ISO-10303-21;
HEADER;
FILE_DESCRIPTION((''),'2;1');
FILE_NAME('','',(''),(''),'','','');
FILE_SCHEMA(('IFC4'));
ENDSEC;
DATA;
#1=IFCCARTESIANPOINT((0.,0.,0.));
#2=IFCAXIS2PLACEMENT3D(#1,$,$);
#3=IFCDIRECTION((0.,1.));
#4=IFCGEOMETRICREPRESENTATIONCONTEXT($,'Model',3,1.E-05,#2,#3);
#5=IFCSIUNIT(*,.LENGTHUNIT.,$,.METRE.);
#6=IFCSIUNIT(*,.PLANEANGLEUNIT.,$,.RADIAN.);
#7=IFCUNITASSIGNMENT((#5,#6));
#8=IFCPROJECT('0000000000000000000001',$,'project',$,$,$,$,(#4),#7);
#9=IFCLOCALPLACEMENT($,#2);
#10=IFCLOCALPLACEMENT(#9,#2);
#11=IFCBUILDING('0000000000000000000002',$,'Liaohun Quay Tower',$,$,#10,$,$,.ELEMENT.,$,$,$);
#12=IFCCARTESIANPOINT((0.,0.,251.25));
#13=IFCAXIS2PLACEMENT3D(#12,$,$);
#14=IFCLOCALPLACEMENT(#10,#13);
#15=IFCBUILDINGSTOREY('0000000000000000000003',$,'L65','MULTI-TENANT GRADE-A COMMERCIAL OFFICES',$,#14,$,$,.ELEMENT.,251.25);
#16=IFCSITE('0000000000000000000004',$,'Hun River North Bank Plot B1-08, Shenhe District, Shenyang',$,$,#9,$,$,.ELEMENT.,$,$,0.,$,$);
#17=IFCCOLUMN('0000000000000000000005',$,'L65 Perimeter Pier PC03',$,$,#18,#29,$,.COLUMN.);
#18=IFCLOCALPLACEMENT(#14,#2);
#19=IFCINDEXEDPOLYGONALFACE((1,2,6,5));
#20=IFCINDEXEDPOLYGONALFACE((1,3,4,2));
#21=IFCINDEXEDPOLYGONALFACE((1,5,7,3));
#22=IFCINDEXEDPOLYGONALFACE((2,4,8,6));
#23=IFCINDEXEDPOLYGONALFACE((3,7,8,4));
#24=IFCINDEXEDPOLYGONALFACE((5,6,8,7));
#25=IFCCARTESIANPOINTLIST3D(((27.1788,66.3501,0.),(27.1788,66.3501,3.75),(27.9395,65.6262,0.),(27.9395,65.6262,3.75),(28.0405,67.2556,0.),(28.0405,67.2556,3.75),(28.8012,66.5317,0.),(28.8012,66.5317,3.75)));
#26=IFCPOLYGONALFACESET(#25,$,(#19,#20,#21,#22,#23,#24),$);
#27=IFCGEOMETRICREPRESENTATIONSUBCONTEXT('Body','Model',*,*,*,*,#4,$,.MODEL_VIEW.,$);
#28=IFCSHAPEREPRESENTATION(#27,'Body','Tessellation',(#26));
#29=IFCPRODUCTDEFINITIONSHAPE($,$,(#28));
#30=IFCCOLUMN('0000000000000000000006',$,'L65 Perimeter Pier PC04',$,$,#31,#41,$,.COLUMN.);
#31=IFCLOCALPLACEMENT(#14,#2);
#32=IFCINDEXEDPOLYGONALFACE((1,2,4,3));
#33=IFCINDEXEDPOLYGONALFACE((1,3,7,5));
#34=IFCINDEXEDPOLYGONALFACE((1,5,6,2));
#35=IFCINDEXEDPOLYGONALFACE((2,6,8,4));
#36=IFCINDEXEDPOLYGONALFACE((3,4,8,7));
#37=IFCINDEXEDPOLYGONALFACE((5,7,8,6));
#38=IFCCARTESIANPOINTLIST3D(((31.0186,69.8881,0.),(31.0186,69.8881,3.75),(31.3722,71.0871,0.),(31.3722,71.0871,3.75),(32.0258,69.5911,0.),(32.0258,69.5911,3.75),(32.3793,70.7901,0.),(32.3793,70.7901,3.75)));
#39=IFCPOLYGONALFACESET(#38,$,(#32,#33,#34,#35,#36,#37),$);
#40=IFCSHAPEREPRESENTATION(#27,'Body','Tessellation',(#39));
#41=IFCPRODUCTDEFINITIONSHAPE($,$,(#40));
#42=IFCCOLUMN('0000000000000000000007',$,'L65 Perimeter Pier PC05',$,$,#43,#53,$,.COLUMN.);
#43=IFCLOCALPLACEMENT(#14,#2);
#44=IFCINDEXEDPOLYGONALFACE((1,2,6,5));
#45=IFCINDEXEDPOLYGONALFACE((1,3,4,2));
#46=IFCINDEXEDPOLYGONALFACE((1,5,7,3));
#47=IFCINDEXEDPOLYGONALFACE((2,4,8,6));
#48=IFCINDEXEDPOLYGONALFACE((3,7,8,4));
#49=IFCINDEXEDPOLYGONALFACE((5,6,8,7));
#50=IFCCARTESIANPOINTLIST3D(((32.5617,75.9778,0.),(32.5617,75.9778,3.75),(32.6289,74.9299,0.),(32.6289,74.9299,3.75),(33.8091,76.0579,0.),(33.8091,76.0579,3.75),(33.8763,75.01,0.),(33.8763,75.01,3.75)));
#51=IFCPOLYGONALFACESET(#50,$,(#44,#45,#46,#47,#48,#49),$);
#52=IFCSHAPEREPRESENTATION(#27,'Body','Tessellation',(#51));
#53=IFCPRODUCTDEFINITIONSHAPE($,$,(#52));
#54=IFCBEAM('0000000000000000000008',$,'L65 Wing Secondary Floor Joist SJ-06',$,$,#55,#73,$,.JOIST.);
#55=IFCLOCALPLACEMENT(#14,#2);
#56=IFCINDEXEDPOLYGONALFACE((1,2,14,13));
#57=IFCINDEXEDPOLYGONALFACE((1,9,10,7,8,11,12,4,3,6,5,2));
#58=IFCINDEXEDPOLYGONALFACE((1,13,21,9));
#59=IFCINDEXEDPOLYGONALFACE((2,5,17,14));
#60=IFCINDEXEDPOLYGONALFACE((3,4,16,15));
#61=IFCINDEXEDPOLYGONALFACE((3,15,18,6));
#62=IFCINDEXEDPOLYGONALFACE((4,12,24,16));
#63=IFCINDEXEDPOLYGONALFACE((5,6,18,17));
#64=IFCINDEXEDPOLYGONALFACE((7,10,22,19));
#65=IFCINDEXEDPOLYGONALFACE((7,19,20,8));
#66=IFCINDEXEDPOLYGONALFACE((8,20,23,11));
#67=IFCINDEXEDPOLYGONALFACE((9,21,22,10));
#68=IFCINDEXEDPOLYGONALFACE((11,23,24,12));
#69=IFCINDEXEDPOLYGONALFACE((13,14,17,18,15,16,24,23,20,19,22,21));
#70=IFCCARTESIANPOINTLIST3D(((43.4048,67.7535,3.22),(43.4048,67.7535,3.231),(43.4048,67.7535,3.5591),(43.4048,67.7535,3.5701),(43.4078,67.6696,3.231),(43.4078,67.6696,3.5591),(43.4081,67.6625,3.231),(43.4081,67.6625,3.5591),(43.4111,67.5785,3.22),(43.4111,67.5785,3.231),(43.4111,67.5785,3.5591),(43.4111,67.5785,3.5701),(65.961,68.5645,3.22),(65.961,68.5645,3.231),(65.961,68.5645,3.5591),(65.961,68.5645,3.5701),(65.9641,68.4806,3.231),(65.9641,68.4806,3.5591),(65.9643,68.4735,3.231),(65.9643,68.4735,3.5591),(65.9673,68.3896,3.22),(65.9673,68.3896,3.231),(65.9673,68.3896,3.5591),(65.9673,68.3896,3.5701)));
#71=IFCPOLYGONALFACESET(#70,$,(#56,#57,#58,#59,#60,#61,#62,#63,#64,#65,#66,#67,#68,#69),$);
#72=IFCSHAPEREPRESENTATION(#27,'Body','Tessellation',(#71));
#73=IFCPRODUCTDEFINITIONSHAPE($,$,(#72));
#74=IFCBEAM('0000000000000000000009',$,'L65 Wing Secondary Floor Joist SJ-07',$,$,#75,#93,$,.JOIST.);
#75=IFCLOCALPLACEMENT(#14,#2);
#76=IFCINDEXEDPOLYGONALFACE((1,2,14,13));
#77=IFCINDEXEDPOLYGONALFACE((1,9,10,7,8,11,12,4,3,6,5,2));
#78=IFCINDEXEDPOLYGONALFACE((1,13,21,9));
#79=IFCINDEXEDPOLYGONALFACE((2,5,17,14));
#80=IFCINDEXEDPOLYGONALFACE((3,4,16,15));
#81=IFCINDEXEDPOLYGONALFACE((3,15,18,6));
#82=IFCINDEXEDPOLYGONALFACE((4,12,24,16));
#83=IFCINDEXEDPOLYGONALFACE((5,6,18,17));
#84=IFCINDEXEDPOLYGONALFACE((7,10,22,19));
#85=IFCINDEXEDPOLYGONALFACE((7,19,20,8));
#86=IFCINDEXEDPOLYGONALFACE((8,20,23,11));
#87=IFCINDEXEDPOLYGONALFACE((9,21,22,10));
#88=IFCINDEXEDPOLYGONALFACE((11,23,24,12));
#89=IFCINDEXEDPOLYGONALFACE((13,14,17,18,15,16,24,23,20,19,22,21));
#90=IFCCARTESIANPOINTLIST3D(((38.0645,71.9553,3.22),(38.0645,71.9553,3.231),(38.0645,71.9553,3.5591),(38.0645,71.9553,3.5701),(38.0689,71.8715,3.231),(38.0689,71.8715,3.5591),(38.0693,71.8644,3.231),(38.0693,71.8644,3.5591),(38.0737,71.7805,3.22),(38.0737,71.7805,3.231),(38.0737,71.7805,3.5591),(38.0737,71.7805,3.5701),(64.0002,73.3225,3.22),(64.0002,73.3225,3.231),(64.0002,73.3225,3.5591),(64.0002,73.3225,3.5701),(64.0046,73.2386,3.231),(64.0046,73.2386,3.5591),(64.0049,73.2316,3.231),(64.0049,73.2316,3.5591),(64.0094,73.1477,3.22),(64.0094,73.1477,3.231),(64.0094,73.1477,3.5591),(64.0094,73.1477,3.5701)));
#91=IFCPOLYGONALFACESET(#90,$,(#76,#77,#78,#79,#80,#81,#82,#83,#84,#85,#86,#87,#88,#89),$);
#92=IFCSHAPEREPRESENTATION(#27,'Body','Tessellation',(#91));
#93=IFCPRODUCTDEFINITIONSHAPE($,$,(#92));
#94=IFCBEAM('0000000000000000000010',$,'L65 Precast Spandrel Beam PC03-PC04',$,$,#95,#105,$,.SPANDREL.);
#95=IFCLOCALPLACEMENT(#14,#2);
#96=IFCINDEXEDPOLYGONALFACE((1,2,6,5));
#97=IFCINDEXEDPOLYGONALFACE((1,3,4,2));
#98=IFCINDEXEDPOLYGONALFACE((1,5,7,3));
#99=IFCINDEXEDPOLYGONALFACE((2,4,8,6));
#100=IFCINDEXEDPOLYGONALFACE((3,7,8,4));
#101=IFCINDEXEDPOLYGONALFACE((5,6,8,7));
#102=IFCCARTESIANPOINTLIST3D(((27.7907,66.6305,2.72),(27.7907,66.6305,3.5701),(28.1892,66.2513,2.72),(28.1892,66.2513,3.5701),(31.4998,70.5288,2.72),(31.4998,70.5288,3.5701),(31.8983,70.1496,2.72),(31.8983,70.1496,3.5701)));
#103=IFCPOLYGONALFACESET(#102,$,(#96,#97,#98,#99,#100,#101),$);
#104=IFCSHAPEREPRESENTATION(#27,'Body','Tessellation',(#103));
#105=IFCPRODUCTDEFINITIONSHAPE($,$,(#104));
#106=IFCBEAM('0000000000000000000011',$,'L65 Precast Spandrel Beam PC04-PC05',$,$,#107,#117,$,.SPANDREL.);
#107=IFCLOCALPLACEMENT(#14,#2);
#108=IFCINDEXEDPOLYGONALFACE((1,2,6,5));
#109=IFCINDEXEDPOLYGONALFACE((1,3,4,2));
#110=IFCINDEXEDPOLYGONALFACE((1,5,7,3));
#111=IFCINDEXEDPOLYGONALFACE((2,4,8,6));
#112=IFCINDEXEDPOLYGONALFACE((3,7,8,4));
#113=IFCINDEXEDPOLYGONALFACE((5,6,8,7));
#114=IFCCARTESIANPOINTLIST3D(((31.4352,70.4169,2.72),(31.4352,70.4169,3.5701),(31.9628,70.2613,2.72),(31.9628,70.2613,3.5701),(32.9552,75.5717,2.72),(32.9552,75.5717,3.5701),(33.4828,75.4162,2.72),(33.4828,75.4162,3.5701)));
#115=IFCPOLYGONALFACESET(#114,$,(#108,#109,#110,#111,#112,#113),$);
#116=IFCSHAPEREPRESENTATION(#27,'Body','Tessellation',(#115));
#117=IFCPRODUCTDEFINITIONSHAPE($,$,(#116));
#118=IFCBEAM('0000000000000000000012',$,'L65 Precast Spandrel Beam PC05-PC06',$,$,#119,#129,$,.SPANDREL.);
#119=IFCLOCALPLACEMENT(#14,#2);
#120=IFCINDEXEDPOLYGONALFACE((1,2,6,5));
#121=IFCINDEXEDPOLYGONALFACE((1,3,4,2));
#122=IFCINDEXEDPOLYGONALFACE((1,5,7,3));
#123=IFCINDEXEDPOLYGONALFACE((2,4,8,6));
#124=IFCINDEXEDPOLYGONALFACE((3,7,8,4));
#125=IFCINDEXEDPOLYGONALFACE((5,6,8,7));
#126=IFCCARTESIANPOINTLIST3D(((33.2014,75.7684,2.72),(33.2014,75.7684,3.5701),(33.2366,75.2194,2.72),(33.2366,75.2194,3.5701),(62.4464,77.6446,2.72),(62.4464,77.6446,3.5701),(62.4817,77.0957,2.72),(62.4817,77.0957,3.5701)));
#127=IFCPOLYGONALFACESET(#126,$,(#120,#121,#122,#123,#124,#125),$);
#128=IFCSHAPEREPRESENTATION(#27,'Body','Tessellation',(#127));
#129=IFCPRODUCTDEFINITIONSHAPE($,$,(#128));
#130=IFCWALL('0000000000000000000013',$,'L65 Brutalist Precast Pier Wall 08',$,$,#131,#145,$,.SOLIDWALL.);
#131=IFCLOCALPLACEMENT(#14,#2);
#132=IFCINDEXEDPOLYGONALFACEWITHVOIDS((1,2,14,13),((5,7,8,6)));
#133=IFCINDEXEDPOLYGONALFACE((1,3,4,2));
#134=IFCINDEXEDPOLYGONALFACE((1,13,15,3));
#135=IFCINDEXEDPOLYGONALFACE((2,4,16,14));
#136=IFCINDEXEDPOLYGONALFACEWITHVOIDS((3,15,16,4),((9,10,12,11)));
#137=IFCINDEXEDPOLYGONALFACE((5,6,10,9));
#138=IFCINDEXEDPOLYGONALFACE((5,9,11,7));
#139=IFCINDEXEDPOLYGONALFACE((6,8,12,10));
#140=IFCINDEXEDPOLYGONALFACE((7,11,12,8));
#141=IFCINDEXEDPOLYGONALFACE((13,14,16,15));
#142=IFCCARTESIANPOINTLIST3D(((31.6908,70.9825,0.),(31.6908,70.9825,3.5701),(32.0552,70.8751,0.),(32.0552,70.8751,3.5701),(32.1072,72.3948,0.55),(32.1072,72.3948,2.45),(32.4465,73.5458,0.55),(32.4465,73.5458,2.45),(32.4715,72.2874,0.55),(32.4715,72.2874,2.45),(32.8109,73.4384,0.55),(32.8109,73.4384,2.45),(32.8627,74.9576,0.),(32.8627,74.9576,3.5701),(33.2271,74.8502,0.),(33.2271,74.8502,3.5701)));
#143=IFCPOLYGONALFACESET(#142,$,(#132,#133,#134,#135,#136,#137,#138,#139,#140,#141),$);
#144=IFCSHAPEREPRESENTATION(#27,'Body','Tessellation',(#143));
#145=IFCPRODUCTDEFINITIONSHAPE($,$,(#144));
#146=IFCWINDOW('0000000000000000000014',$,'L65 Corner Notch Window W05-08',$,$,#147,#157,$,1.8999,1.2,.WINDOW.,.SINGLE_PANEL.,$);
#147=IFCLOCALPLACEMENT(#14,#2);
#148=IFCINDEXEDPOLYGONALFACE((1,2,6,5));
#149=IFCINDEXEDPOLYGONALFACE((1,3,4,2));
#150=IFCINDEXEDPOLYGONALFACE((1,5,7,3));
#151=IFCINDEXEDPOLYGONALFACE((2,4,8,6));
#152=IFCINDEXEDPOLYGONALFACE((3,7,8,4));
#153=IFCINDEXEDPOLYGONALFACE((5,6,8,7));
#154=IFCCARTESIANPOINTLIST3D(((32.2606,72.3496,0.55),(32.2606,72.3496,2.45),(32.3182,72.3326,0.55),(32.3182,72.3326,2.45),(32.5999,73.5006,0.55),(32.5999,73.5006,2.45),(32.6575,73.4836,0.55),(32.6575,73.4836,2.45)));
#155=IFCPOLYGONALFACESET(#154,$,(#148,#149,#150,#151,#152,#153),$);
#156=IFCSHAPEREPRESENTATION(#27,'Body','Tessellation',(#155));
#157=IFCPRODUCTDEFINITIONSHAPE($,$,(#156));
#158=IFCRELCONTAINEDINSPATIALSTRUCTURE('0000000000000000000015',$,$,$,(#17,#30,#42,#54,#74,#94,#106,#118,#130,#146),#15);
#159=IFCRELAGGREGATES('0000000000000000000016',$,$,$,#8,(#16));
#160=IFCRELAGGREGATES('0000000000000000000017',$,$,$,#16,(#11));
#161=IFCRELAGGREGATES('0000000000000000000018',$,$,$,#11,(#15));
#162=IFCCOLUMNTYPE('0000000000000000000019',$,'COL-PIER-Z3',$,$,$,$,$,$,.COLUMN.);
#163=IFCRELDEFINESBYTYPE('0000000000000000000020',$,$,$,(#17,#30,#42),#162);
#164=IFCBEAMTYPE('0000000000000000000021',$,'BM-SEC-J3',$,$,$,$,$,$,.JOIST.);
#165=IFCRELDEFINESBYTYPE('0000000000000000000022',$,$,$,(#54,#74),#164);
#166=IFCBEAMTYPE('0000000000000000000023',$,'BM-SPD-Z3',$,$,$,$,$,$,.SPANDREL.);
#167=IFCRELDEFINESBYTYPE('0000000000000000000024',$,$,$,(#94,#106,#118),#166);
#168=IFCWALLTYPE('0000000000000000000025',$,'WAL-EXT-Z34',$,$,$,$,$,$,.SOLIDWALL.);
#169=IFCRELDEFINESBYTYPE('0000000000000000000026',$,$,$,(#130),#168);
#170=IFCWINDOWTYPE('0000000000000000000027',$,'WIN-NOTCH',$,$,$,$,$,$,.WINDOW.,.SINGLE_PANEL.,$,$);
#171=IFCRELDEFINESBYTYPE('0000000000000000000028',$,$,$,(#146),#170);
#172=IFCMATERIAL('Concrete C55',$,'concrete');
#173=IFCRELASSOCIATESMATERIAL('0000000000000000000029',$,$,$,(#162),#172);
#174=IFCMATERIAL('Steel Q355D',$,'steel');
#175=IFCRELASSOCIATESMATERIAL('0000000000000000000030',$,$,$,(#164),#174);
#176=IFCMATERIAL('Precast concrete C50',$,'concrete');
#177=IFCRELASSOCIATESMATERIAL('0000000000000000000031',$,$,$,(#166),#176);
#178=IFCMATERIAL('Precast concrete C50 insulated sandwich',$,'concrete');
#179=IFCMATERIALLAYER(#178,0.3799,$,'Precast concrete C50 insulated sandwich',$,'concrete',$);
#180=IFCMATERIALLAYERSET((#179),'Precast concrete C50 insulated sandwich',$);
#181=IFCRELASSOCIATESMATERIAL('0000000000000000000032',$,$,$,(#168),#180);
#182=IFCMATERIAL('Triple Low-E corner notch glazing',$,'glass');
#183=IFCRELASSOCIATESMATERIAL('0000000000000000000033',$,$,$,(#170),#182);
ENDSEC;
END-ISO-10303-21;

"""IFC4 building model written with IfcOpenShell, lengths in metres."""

from ifc_helpers import new_model, si_unit, direction, frame, frame_2d, origin, origin_2d, place, context, subcontext, project, spatial, rectangle, i_section, extrude, source, transform, mapped, material, layer, layer_set, material_profile, profile_set, type_object, element, fill, save


model = new_model("IFC4")

# Units and contexts
model_context = context("Model", 3, precision=1e-05, world=origin(), true_north=direction((0.0, 1.0)))
body_context = subcontext(model_context, "Body", "Model", "MODEL_VIEW")
ifc_project = project(units=[si_unit("LENGTHUNIT", "METRE"), si_unit("PLANEANGLEUNIT", "RADIAN")], contexts=[model_context])

# Site, building, storey
site_placement = place(None, origin())
site = spatial("IfcSite", under=ifc_project, at=site_placement, Name="Hun River North Bank Plot B1-08, Shenhe District, Shenyang", CompositionType="ELEMENT", RefElevation=0.0)
building_placement = place(site_placement, origin())
building = spatial("IfcBuilding", under=site, at=building_placement, Name="Liaohun Quay Tower", CompositionType="ELEMENT")
storey_placement = place(building_placement, frame((0.0, 0.0, 251.25)))
storey = spatial("IfcBuildingStorey", under=building, at=storey_placement, Name="L65", Description="MULTI-TENANT GRADE-A COMMERCIAL OFFICES", CompositionType="ELEMENT", Elevation=251.25)

# Columns
ifc_material_1 = material(Name="Concrete C55", Category="concrete")
ifc_material_profile_1 = material_profile(ifc_material_1, rectangle(XDim=1.25, YDim=1.05, at=origin_2d()), Name="RC1250x1050")
ifc_profile_set_1 = profile_set([ifc_material_profile_1], Name="Concrete C55")
column_type = type_object("IfcColumnType", Name="COL-PIER-Z3", PredefinedType="COLUMN", material=ifc_profile_set_1)
shared_shape_1 = source(origin(), body_context, "Body", "SweptSolid", [
    extrude(rectangle(XDim=1.25, YDim=1.05, at=origin_2d()), origin(), (0.0, 0.0, 1.0), 3.75),
])
for number, where, z_axis, x_axis, name in (
    (1, (27.99, 66.4409, 0.0), (0.0, 0.0, 1.0), (0.689367, 0.724413, 0.0), "L65 Perimeter Pier PC03"),
    (2, (31.699, 70.3391, 0.0), (0.0, 0.0, 1.0), (0.282844, 0.959166, 0.0), "L65 Perimeter Pier PC04"),
    (3, (33.219, 75.4939, 0.0), (0.0, 0.0, 1.0), (0.997949, 0.06401, 0.0), "L65 Perimeter Pier PC05"),
):
    element("IfcColumn", number, at=place(storey_placement, frame(where, z_axis=z_axis, x_axis=x_axis)), inside=storey, type_object=column_type, Name=name, PredefinedType="COLUMN", context=body_context, shape_type="MappedRepresentation", body=[
        mapped(shared_shape_1, transform((0.0, 0.0, 0.0), x_axis=(1.0, 0.0, 0.0), y_axis=(0.0, 1.0, 0.0), z_axis=(0.0, 0.0, 1.0), scale=1.0)),
    ])

# Beams
ifc_material_2 = material(Name="Steel Q355D", Category="steel")
ifc_material_profile_2 = material_profile(ifc_material_2, i_section(OverallWidth=0.175, OverallDepth=0.3501, WebThickness=0.0071, FlangeThickness=0.011, at=origin_2d()), Name="HN350x175x7x11")
ifc_profile_set_2 = profile_set([ifc_material_profile_2], Name="Steel Q355D")
beam_type_1 = type_object("IfcBeamType", Name="BM-SEC-J3", PredefinedType="JOIST", material=ifc_profile_set_2)
shared_shape_2 = source(origin(), body_context, "Body", "SweptSolid", [
    extrude(i_section(OverallWidth=0.175, OverallDepth=0.3501, WebThickness=0.0071, FlangeThickness=0.011, at=origin_2d()), origin(), (0.0, 0.0, 1.0), 22.5708),
])
beam_1_placement = place(storey_placement, frame((43.408, 67.666, 3.395), z_axis=(0.999354, 0.035933, 0.0), x_axis=(-0.035933, 0.999354, 0.0)))
element("IfcBeam", 4, at=beam_1_placement, inside=storey, type_object=beam_type_1, Name="L65 Wing Secondary Floor Joist SJ-06", PredefinedType="JOIST", context=body_context, shape_type="MappedRepresentation", body=[
    mapped(shared_shape_2, transform((0.0, 0.0, 0.0), x_axis=(1.0, 0.0, 0.0), y_axis=(0.0, 1.0, 0.0), z_axis=(0.0, 0.0, 1.0), scale=1.0)),
])
shared_shape_3 = source(origin(), body_context, "Body", "SweptSolid", [
    extrude(i_section(OverallWidth=0.175, OverallDepth=0.3501, WebThickness=0.0071, FlangeThickness=0.011, at=origin_2d()), origin(), (0.0, 0.0, 1.0), 25.9717),
])
beam_2_placement = place(storey_placement, frame((38.0691, 71.8679, 3.395), z_axis=(0.998613, 0.052641, 0.0), x_axis=(-0.052641, 0.998613, 0.0)))
element("IfcBeam", 5, at=beam_2_placement, inside=storey, type_object=beam_type_1, Name="L65 Wing Secondary Floor Joist SJ-07", PredefinedType="JOIST", context=body_context, shape_type="MappedRepresentation", body=[
    mapped(shared_shape_3, transform((0.0, 0.0, 0.0), x_axis=(1.0, 0.0, 0.0), y_axis=(0.0, 1.0, 0.0), z_axis=(0.0, 0.0, 1.0), scale=1.0)),
])
ifc_material_3 = material(Name="Precast concrete C50", Category="concrete")
ifc_material_profile_3 = material_profile(ifc_material_3, rectangle(XDim=0.55, YDim=0.8501, at=origin_2d()), Name="RC550x850")
ifc_profile_set_3 = profile_set([ifc_material_profile_3], Name="Precast concrete C50")
beam_type_2 = type_object("IfcBeamType", Name="BM-SPD-Z3", PredefinedType="SPANDREL", material=ifc_profile_set_3)
shared_shape_4 = source(origin(), body_context, "Body", "SweptSolid", [
    extrude(rectangle(XDim=0.55, YDim=0.8501, at=origin_2d()), origin(), (0.0, 0.0, 1.0), 5.3809),
])
beam_3_placement = place(storey_placement, frame((27.99, 66.4409, 3.145), z_axis=(0.689306, 0.72447, 0.0), x_axis=(-0.72447, 0.689306, 0.0)))
element("IfcBeam", 6, at=beam_3_placement, inside=storey, type_object=beam_type_2, Name="L65 Precast Spandrel Beam PC03-PC04", PredefinedType="SPANDREL", context=body_context, shape_type="MappedRepresentation", body=[
    mapped(shared_shape_4, transform((0.0, 0.0, 0.0), x_axis=(1.0, 0.0, 0.0), y_axis=(0.0, 1.0, 0.0), z_axis=(0.0, 0.0, 1.0), scale=1.0)),
])
shared_shape_5 = source(origin(), body_context, "Body", "SweptSolid", [
    extrude(rectangle(XDim=0.55, YDim=0.8501, at=origin_2d()), origin(), (0.0, 0.0, 1.0), 5.3743),
])
beam_4_placement = place(storey_placement, frame((31.699, 70.3391, 3.145), z_axis=(0.282835, 0.959169, 0.0), x_axis=(-0.959169, 0.282835, 0.0)))
element("IfcBeam", 7, at=beam_4_placement, inside=storey, type_object=beam_type_2, Name="L65 Precast Spandrel Beam PC04-PC05", PredefinedType="SPANDREL", context=body_context, shape_type="MappedRepresentation", body=[
    mapped(shared_shape_5, transform((0.0, 0.0, 0.0), x_axis=(1.0, 0.0, 0.0), y_axis=(0.0, 1.0, 0.0), z_axis=(0.0, 0.0, 1.0), scale=1.0)),
])
shared_shape_6 = source(origin(), body_context, "Body", "SweptSolid", [
    extrude(rectangle(XDim=0.55, YDim=0.8501, at=origin_2d()), origin(), (0.0, 0.0, 1.0), 29.3052),
])
beam_5_placement = place(storey_placement, frame((33.219, 75.4939, 3.145), z_axis=(0.997948, 0.064023, 0.0), x_axis=(-0.064023, 0.997948, 0.0)))
element("IfcBeam", 8, at=beam_5_placement, inside=storey, type_object=beam_type_2, Name="L65 Precast Spandrel Beam PC05-PC06", PredefinedType="SPANDREL", context=body_context, shape_type="MappedRepresentation", body=[
    mapped(shared_shape_6, transform((0.0, 0.0, 0.0), x_axis=(1.0, 0.0, 0.0), y_axis=(0.0, 1.0, 0.0), z_axis=(0.0, 0.0, 1.0), scale=1.0)),
])

# Wall, opening, window
ifc_material_4 = material(Name="Precast concrete C50 insulated sandwich", Category="concrete")
ifc_layer_1 = layer(ifc_material_4, 0.3799, Name="Precast concrete C50 insulated sandwich", Category="concrete")
ifc_layer_set_1 = layer_set([ifc_layer_1], Name="Precast concrete C50 insulated sandwich")
wall_type_1 = type_object("IfcWallType", Name="WAL-EXT-Z34", PredefinedType="SOLIDWALL", material=ifc_layer_set_1)
wall_1_placement = place(storey_placement, frame((33.0449, 74.9041, 0.0), z_axis=(0.0, 0.0, 1.0), x_axis=(-0.282772, -0.959187, 0.0)))
wall_1 = element("IfcWall", 9, at=wall_1_placement, inside=storey, type_object=wall_type_1, Name="L65 Brutalist Precast Pier Wall 08", PredefinedType="SOLIDWALL", context=body_context, shape_type="SweptSolid", body=[
    extrude(rectangle(XDim=4.1443, YDim=0.3799, at=frame_2d((2.0723, 0.0))), origin(), (0.0, 0.0, 1.0), 3.5701),
])
shared_shape_7 = source(origin(), body_context, "Body", "SweptSolid", [
    extrude(rectangle(XDim=1.2, YDim=1.8999, at=frame_2d((0.6001, 0.95))), frame((0.0, 0.2, 0.0), z_axis=(0.0, -1.0, 0.0), x_axis=(1.0, 0.0, 0.0)), (0.0, 0.0, 1.0), 0.3999),
])
opening_1_placement = place(wall_1_placement, frame((1.4719, 0.0, 0.55)))
opening_1 = element("IfcOpeningElement", 10, at=opening_1_placement, cuts=wall_1, PredefinedType="OPENING", context=body_context, shape_type="MappedRepresentation", body=[
    mapped(shared_shape_7, transform((0.0, 0.0, 0.0), x_axis=(1.0, 0.0, 0.0), y_axis=(0.0, 1.0, 0.0), z_axis=(0.0, 0.0, 1.0), scale=1.0)),
])
ifc_material_5 = material(Name="Triple Low-E corner notch glazing", Category="glass")
window_type_1 = type_object("IfcWindowType", Name="WIN-NOTCH", PartitioningType="SINGLE_PANEL", PredefinedType="WINDOW", material=ifc_material_5)
shared_shape_8 = source(origin(), body_context, "Body", "SweptSolid", [
    extrude(rectangle(XDim=1.2, YDim=1.8999, at=frame_2d((0.6001, 0.95))), frame((0.0, 0.03, 0.0), z_axis=(0.0, -1.0, 0.0), x_axis=(1.0, 0.0, 0.0)), (0.0, 0.0, 1.0), 0.0601),
])
window_1_placement = place(opening_1_placement, origin())
window_1 = element("IfcWindow", 11, at=window_1_placement, inside=storey, type_object=window_type_1, Name="L65 Corner Notch Window W05-08", OverallHeight=1.8999, OverallWidth=1.2, PartitioningType="SINGLE_PANEL", PredefinedType="WINDOW", context=body_context, shape_type="MappedRepresentation", body=[
    mapped(shared_shape_8, transform((0.0, 0.0, 0.0), x_axis=(1.0, 0.0, 0.0), y_axis=(0.0, 1.0, 0.0), z_axis=(0.0, 0.0, 1.0), scale=1.0)),
])
fill(opening_1, window_1)

save(model, "model.ifc")
